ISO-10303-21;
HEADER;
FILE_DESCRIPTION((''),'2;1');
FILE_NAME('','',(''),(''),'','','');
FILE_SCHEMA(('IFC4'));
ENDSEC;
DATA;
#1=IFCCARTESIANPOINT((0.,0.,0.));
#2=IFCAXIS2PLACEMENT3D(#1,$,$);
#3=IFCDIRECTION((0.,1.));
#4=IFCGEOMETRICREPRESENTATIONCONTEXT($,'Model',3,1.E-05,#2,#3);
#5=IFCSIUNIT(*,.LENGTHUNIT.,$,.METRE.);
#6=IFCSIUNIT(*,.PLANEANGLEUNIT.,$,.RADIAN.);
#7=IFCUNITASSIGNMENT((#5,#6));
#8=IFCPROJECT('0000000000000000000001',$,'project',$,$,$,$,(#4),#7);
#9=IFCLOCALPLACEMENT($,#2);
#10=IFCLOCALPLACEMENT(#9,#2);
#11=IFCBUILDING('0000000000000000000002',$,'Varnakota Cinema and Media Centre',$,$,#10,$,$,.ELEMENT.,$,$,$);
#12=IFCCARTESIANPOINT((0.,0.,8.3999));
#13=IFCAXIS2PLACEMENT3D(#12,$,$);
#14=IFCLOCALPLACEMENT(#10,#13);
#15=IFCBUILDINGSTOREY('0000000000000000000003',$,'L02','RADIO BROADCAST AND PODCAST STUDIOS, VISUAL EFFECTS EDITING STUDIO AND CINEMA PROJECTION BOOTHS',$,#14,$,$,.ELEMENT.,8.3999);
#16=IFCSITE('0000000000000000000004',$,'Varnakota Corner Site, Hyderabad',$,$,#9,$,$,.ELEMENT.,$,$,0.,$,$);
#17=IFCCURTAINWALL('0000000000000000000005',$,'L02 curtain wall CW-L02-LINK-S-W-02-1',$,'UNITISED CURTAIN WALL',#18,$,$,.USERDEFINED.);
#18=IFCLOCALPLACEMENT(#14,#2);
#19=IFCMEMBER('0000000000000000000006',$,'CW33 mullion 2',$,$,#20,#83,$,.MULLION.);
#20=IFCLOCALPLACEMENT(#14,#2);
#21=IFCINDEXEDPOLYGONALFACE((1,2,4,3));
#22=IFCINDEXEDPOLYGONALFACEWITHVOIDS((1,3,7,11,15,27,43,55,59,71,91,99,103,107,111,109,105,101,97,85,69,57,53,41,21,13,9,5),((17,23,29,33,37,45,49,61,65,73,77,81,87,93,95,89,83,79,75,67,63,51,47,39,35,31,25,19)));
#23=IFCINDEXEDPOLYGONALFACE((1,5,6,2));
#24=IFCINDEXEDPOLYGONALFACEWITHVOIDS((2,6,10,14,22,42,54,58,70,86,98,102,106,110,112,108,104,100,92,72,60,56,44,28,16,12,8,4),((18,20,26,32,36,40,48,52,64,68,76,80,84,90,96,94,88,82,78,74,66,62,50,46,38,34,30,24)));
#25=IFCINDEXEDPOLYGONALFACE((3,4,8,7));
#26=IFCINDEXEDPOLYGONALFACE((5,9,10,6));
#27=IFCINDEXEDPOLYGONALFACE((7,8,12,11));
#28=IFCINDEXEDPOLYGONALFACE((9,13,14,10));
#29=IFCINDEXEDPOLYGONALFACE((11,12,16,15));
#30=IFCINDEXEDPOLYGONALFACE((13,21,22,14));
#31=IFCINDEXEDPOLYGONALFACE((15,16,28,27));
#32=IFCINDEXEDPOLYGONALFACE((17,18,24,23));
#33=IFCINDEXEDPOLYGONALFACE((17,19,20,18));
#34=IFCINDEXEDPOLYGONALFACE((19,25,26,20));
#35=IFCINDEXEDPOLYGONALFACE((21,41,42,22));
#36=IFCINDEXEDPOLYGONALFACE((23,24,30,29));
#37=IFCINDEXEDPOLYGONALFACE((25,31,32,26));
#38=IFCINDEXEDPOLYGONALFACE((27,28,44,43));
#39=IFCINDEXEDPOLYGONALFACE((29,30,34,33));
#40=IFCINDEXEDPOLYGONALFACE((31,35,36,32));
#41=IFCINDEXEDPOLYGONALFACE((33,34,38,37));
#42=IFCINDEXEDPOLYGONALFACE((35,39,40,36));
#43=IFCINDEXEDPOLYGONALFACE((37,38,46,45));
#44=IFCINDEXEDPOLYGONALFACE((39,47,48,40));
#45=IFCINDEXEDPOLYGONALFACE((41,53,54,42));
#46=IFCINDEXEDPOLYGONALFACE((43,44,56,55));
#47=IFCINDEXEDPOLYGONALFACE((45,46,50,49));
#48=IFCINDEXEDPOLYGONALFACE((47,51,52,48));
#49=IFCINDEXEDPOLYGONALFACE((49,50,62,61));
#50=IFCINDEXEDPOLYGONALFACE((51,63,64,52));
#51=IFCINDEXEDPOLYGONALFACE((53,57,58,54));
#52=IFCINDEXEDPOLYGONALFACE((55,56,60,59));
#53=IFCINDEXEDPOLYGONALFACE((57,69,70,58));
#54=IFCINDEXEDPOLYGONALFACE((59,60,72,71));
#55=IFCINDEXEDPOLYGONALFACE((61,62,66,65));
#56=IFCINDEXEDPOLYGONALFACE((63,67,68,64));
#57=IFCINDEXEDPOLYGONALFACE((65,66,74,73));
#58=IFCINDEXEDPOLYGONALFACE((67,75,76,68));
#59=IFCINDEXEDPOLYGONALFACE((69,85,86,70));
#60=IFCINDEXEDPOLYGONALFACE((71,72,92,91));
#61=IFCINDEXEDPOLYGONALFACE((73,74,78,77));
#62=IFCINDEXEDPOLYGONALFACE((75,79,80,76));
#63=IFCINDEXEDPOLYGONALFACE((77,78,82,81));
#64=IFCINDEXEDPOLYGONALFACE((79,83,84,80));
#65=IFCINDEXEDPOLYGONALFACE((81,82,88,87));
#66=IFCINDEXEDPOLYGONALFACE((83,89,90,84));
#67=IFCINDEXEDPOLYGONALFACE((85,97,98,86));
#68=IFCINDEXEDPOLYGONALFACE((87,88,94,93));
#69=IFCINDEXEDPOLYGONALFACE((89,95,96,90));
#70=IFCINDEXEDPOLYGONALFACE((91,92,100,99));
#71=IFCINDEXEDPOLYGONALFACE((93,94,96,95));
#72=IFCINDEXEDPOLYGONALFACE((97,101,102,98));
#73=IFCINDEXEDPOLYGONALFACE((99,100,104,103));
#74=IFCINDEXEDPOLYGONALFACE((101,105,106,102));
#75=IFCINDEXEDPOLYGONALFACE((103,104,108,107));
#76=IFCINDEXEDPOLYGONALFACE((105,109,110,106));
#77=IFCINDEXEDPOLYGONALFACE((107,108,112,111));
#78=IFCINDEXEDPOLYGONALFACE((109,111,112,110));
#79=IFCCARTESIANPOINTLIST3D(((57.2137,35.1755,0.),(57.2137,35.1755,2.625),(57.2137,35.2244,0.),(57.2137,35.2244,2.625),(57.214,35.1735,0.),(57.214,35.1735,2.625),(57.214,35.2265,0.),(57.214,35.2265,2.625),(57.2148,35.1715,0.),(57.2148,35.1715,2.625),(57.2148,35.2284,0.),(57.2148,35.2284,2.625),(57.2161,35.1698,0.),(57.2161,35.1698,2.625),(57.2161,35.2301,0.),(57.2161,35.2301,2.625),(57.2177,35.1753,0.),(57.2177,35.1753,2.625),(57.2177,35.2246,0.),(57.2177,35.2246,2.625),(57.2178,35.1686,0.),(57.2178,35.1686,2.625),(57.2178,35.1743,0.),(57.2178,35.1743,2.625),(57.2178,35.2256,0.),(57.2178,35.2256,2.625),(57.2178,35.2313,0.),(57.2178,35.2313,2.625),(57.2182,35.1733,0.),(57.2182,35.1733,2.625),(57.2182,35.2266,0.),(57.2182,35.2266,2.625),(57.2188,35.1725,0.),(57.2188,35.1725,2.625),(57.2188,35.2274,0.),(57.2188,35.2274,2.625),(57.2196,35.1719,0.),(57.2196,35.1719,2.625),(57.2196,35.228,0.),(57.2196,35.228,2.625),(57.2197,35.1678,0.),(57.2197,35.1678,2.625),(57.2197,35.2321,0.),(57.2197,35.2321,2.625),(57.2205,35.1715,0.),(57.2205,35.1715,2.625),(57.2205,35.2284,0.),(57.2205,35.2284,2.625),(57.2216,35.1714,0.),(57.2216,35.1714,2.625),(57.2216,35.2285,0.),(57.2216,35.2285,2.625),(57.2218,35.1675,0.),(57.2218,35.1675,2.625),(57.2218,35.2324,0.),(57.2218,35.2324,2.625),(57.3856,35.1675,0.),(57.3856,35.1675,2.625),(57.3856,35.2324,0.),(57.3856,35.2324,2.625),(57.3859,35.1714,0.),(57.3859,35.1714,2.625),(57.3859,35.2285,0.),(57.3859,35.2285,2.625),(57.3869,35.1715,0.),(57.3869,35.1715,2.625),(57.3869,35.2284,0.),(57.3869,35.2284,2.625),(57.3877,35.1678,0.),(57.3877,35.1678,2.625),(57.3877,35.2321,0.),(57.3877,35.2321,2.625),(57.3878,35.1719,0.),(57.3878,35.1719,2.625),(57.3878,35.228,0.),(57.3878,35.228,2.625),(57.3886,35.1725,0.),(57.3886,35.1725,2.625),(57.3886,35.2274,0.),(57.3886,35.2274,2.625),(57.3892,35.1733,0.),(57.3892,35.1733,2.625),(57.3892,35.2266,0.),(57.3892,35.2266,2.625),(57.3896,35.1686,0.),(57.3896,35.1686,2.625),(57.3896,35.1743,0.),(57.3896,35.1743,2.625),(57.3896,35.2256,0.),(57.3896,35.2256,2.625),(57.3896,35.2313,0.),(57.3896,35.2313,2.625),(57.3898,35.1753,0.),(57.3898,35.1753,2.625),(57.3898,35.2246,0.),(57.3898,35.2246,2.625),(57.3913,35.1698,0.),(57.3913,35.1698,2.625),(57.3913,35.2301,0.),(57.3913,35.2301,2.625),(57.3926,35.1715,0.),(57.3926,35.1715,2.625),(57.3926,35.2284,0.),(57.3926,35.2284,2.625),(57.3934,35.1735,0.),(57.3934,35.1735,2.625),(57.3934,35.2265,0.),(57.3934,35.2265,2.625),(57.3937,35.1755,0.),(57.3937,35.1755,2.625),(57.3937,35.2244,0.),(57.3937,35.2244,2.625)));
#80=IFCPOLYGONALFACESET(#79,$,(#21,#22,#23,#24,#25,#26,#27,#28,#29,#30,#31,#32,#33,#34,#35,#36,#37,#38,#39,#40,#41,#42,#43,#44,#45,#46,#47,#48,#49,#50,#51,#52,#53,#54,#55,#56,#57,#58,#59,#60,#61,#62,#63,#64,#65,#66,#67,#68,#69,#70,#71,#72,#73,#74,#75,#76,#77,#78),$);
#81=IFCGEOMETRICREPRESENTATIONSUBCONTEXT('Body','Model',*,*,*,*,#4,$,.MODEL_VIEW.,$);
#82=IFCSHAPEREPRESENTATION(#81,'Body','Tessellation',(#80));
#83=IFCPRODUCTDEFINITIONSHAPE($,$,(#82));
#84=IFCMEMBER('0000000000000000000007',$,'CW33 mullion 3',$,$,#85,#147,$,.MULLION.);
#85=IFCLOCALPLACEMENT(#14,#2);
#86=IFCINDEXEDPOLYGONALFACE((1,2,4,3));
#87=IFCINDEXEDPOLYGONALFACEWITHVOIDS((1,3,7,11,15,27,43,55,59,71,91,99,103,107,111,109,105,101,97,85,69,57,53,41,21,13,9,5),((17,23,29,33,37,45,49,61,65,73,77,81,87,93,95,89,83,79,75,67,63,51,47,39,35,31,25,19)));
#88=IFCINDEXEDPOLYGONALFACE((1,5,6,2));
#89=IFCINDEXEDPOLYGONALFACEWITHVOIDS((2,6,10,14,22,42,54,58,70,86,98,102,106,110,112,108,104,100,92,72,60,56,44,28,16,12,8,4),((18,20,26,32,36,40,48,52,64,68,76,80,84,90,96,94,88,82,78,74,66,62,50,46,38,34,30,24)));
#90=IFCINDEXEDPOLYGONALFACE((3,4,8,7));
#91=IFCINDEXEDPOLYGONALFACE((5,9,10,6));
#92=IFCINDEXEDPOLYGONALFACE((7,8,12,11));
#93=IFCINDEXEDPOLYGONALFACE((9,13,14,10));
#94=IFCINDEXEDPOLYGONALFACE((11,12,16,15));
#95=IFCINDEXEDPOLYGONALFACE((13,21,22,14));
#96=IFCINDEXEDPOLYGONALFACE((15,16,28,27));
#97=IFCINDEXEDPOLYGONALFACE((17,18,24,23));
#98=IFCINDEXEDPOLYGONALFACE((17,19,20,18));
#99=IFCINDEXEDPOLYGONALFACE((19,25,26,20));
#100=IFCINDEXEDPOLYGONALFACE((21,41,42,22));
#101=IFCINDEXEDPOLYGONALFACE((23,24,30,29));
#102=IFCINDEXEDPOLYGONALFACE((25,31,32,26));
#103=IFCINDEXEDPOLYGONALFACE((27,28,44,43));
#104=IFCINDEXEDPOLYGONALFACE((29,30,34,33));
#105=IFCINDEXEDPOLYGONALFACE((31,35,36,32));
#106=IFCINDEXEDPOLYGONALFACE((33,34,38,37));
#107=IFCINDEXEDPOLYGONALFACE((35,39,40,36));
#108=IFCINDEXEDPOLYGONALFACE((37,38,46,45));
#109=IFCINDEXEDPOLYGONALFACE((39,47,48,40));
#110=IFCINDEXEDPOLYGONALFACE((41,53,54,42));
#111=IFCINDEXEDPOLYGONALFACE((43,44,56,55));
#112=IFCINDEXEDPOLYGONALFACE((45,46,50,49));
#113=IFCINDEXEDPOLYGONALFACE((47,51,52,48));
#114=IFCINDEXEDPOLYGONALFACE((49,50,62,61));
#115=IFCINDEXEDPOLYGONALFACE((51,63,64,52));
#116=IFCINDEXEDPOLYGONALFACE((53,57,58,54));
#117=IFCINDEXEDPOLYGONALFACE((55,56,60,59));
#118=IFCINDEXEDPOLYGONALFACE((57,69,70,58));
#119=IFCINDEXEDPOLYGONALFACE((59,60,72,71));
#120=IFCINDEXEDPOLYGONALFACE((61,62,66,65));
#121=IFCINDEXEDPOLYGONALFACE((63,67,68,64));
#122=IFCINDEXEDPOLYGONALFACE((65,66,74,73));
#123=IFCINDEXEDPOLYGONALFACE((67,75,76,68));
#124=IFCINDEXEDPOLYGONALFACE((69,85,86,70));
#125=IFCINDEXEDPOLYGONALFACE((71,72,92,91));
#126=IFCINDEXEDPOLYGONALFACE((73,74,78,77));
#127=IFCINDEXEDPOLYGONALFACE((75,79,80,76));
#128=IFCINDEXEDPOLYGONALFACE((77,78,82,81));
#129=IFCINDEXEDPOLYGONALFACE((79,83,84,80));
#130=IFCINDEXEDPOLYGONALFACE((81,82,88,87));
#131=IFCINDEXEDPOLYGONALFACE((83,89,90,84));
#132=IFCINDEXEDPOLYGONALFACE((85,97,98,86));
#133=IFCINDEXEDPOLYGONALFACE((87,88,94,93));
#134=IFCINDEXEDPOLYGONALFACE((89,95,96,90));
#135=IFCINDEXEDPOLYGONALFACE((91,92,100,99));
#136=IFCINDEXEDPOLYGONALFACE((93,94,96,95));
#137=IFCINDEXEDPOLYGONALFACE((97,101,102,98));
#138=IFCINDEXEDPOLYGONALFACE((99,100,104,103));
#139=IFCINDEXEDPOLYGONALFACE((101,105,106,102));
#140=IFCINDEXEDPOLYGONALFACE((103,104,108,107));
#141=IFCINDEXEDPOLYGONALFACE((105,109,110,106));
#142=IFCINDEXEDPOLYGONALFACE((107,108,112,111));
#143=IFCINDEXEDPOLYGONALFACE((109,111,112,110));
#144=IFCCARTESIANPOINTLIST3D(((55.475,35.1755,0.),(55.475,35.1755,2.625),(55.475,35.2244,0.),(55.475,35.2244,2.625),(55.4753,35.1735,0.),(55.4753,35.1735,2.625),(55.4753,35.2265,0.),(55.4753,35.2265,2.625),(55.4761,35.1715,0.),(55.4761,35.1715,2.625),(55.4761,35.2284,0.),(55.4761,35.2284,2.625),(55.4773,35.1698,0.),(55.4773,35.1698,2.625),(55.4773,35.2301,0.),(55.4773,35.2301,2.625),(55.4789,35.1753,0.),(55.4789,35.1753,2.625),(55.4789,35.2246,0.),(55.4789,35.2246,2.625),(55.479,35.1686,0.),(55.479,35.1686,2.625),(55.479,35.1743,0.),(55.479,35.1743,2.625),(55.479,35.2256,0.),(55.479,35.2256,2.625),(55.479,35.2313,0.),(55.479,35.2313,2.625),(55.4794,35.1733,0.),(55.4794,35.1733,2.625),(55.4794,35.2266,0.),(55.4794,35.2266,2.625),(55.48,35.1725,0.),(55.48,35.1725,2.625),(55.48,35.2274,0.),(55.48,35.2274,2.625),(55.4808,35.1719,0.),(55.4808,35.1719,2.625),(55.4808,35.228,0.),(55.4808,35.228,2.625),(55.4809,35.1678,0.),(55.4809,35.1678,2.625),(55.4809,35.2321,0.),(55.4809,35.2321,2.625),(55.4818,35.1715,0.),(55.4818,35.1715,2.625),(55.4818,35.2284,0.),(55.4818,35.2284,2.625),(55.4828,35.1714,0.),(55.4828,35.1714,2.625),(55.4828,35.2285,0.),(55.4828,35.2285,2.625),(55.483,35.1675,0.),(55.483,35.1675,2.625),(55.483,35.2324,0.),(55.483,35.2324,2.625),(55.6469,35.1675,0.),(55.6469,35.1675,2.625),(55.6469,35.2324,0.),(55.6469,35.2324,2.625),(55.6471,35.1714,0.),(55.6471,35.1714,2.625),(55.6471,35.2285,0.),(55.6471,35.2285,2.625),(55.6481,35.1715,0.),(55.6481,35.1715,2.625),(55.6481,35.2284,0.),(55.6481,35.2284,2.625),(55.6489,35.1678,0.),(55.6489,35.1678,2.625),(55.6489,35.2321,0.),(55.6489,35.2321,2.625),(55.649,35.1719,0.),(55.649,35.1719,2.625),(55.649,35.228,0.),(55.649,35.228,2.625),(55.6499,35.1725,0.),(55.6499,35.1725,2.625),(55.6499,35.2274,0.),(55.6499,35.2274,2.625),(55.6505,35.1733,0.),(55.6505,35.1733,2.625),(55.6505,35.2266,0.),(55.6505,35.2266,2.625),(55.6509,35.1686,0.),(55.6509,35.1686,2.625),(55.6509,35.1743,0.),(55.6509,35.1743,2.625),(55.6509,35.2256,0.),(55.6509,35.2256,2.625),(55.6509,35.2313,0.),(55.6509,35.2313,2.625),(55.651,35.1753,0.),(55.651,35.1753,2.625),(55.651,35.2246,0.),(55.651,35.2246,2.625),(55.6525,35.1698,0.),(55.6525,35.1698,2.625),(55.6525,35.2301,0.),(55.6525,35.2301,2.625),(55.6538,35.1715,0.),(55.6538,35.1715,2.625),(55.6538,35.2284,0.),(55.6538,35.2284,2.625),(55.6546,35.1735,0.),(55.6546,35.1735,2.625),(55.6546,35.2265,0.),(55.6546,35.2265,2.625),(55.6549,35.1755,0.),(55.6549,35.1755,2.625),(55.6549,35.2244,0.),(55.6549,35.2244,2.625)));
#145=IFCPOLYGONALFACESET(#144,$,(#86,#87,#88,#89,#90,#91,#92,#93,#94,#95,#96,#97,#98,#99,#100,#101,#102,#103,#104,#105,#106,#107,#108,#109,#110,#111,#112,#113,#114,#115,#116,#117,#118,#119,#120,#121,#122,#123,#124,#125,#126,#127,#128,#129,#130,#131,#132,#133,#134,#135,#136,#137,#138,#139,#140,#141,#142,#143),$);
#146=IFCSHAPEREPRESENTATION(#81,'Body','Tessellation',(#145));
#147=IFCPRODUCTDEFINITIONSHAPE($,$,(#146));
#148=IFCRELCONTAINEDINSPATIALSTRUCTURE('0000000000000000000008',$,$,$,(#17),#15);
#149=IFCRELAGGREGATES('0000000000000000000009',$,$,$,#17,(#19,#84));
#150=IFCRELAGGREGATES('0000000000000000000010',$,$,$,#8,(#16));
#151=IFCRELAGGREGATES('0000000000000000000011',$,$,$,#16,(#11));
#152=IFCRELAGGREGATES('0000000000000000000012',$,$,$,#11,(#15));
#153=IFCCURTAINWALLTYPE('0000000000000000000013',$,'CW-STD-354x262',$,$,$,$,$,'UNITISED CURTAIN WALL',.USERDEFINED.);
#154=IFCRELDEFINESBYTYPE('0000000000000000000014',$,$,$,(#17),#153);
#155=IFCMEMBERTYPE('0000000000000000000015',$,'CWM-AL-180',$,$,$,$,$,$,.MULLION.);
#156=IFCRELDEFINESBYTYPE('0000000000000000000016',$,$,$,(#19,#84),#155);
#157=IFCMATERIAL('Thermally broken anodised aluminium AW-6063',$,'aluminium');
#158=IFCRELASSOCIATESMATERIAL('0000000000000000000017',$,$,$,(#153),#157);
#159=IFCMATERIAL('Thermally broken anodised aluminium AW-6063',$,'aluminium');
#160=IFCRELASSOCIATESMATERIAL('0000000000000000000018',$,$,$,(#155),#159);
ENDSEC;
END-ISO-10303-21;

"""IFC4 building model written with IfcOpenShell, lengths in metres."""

from ifc_helpers import new_model, si_unit, direction, frame, origin, origin_2d, place, context, subcontext, project, spatial, hollow_rectangle, extrude, material, material_profile, profile_set, type_object, element, aggregate, save


model = new_model("IFC4")

# Units and contexts
model_context = context("Model", 3, precision=1e-05, world=origin(), true_north=direction((0.0, 1.0)))
body_context = subcontext(model_context, "Body", "Model", "MODEL_VIEW")
ifc_project = project(units=[si_unit("LENGTHUNIT", "METRE"), si_unit("PLANEANGLEUNIT", "RADIAN")], contexts=[model_context])

# Site, building, storey
site_placement = place(None, origin())
site = spatial("IfcSite", under=ifc_project, at=site_placement, Name="Varnakota Corner Site, Hyderabad", CompositionType="ELEMENT", RefElevation=0.0)
building_placement = place(site_placement, origin())
building = spatial("IfcBuilding", under=site, at=building_placement, Name="Varnakota Cinema and Media Centre", CompositionType="ELEMENT")
storey_placement = place(building_placement, frame((0.0, 0.0, 8.3999)))
storey = spatial("IfcBuildingStorey", under=building, at=storey_placement, Name="L02", Description="RADIO BROADCAST AND PODCAST STUDIOS, VISUAL EFFECTS EDITING STUDIO AND CINEMA PROJECTION BOOTHS", CompositionType="ELEMENT", Elevation=8.3999)

# Curtain wall, members
ifc_material_1 = material(Name="Thermally broken anodised aluminium AW-6063", Category="aluminium")
curtain_wall_type = type_object("IfcCurtainWallType", Name="CW-STD-354x262", ElementType="UNITISED CURTAIN WALL", PredefinedType="USERDEFINED", material=ifc_material_1)
curtain_wall_1_placement = place(storey_placement, origin())
curtain_wall_1 = element("IfcCurtainWall", 1, at=curtain_wall_1_placement, inside=storey, type_object=curtain_wall_type, Name="L02 curtain wall CW-L02-LINK-S-W-02-1", ObjectType="UNITISED CURTAIN WALL", PredefinedType="USERDEFINED")
ifc_material_2 = material(Name="Thermally broken anodised aluminium AW-6063", Category="aluminium")
ifc_material_profile_1 = material_profile(ifc_material_2, hollow_rectangle(XDim=0.0649, YDim=0.1799, WallThickness=0.0039, InnerFilletRadius=0.0039, OuterFilletRadius=0.0081, at=origin_2d()), Name="AL-MULLION 180x65x4")
ifc_profile_set_1 = profile_set([ifc_material_profile_1], Name="Thermally broken anodised aluminium AW-6063")
member_type_1 = type_object("IfcMemberType", Name="CWM-AL-180", PredefinedType="MULLION", material=ifc_profile_set_1)
member_1_placement = place(storey_placement, frame((57.3037, 35.2, 0.0), z_axis=(0.0, 0.0, 1.0), x_axis=(0.0, -1.0, 0.0)))
member_1 = element("IfcMember", 2, at=member_1_placement, type_object=member_type_1, Name="CW33 mullion 2", PredefinedType="MULLION", context=body_context, shape_type="SweptSolid", body=[
    extrude(hollow_rectangle(XDim=0.0649, YDim=0.1799, WallThickness=0.0039, InnerFilletRadius=0.0039, OuterFilletRadius=0.0081, at=origin_2d()), origin(), (0.0, 0.0, 1.0), 2.625),
])
member_2_placement = place(storey_placement, frame((55.5649, 35.2, 0.0), z_axis=(0.0, 0.0, 1.0), x_axis=(0.0, -1.0, 0.0)))
member_2 = element("IfcMember", 3, at=member_2_placement, type_object=member_type_1, Name="CW33 mullion 3", PredefinedType="MULLION", context=body_context, shape_type="SweptSolid", body=[
    extrude(hollow_rectangle(XDim=0.0649, YDim=0.1799, WallThickness=0.0039, InnerFilletRadius=0.0039, OuterFilletRadius=0.0081, at=origin_2d()), origin(), (0.0, 0.0, 1.0), 2.625),
])

aggregate(curtain_wall_1, [member_1, member_2])

save(model, "model.ifc")
